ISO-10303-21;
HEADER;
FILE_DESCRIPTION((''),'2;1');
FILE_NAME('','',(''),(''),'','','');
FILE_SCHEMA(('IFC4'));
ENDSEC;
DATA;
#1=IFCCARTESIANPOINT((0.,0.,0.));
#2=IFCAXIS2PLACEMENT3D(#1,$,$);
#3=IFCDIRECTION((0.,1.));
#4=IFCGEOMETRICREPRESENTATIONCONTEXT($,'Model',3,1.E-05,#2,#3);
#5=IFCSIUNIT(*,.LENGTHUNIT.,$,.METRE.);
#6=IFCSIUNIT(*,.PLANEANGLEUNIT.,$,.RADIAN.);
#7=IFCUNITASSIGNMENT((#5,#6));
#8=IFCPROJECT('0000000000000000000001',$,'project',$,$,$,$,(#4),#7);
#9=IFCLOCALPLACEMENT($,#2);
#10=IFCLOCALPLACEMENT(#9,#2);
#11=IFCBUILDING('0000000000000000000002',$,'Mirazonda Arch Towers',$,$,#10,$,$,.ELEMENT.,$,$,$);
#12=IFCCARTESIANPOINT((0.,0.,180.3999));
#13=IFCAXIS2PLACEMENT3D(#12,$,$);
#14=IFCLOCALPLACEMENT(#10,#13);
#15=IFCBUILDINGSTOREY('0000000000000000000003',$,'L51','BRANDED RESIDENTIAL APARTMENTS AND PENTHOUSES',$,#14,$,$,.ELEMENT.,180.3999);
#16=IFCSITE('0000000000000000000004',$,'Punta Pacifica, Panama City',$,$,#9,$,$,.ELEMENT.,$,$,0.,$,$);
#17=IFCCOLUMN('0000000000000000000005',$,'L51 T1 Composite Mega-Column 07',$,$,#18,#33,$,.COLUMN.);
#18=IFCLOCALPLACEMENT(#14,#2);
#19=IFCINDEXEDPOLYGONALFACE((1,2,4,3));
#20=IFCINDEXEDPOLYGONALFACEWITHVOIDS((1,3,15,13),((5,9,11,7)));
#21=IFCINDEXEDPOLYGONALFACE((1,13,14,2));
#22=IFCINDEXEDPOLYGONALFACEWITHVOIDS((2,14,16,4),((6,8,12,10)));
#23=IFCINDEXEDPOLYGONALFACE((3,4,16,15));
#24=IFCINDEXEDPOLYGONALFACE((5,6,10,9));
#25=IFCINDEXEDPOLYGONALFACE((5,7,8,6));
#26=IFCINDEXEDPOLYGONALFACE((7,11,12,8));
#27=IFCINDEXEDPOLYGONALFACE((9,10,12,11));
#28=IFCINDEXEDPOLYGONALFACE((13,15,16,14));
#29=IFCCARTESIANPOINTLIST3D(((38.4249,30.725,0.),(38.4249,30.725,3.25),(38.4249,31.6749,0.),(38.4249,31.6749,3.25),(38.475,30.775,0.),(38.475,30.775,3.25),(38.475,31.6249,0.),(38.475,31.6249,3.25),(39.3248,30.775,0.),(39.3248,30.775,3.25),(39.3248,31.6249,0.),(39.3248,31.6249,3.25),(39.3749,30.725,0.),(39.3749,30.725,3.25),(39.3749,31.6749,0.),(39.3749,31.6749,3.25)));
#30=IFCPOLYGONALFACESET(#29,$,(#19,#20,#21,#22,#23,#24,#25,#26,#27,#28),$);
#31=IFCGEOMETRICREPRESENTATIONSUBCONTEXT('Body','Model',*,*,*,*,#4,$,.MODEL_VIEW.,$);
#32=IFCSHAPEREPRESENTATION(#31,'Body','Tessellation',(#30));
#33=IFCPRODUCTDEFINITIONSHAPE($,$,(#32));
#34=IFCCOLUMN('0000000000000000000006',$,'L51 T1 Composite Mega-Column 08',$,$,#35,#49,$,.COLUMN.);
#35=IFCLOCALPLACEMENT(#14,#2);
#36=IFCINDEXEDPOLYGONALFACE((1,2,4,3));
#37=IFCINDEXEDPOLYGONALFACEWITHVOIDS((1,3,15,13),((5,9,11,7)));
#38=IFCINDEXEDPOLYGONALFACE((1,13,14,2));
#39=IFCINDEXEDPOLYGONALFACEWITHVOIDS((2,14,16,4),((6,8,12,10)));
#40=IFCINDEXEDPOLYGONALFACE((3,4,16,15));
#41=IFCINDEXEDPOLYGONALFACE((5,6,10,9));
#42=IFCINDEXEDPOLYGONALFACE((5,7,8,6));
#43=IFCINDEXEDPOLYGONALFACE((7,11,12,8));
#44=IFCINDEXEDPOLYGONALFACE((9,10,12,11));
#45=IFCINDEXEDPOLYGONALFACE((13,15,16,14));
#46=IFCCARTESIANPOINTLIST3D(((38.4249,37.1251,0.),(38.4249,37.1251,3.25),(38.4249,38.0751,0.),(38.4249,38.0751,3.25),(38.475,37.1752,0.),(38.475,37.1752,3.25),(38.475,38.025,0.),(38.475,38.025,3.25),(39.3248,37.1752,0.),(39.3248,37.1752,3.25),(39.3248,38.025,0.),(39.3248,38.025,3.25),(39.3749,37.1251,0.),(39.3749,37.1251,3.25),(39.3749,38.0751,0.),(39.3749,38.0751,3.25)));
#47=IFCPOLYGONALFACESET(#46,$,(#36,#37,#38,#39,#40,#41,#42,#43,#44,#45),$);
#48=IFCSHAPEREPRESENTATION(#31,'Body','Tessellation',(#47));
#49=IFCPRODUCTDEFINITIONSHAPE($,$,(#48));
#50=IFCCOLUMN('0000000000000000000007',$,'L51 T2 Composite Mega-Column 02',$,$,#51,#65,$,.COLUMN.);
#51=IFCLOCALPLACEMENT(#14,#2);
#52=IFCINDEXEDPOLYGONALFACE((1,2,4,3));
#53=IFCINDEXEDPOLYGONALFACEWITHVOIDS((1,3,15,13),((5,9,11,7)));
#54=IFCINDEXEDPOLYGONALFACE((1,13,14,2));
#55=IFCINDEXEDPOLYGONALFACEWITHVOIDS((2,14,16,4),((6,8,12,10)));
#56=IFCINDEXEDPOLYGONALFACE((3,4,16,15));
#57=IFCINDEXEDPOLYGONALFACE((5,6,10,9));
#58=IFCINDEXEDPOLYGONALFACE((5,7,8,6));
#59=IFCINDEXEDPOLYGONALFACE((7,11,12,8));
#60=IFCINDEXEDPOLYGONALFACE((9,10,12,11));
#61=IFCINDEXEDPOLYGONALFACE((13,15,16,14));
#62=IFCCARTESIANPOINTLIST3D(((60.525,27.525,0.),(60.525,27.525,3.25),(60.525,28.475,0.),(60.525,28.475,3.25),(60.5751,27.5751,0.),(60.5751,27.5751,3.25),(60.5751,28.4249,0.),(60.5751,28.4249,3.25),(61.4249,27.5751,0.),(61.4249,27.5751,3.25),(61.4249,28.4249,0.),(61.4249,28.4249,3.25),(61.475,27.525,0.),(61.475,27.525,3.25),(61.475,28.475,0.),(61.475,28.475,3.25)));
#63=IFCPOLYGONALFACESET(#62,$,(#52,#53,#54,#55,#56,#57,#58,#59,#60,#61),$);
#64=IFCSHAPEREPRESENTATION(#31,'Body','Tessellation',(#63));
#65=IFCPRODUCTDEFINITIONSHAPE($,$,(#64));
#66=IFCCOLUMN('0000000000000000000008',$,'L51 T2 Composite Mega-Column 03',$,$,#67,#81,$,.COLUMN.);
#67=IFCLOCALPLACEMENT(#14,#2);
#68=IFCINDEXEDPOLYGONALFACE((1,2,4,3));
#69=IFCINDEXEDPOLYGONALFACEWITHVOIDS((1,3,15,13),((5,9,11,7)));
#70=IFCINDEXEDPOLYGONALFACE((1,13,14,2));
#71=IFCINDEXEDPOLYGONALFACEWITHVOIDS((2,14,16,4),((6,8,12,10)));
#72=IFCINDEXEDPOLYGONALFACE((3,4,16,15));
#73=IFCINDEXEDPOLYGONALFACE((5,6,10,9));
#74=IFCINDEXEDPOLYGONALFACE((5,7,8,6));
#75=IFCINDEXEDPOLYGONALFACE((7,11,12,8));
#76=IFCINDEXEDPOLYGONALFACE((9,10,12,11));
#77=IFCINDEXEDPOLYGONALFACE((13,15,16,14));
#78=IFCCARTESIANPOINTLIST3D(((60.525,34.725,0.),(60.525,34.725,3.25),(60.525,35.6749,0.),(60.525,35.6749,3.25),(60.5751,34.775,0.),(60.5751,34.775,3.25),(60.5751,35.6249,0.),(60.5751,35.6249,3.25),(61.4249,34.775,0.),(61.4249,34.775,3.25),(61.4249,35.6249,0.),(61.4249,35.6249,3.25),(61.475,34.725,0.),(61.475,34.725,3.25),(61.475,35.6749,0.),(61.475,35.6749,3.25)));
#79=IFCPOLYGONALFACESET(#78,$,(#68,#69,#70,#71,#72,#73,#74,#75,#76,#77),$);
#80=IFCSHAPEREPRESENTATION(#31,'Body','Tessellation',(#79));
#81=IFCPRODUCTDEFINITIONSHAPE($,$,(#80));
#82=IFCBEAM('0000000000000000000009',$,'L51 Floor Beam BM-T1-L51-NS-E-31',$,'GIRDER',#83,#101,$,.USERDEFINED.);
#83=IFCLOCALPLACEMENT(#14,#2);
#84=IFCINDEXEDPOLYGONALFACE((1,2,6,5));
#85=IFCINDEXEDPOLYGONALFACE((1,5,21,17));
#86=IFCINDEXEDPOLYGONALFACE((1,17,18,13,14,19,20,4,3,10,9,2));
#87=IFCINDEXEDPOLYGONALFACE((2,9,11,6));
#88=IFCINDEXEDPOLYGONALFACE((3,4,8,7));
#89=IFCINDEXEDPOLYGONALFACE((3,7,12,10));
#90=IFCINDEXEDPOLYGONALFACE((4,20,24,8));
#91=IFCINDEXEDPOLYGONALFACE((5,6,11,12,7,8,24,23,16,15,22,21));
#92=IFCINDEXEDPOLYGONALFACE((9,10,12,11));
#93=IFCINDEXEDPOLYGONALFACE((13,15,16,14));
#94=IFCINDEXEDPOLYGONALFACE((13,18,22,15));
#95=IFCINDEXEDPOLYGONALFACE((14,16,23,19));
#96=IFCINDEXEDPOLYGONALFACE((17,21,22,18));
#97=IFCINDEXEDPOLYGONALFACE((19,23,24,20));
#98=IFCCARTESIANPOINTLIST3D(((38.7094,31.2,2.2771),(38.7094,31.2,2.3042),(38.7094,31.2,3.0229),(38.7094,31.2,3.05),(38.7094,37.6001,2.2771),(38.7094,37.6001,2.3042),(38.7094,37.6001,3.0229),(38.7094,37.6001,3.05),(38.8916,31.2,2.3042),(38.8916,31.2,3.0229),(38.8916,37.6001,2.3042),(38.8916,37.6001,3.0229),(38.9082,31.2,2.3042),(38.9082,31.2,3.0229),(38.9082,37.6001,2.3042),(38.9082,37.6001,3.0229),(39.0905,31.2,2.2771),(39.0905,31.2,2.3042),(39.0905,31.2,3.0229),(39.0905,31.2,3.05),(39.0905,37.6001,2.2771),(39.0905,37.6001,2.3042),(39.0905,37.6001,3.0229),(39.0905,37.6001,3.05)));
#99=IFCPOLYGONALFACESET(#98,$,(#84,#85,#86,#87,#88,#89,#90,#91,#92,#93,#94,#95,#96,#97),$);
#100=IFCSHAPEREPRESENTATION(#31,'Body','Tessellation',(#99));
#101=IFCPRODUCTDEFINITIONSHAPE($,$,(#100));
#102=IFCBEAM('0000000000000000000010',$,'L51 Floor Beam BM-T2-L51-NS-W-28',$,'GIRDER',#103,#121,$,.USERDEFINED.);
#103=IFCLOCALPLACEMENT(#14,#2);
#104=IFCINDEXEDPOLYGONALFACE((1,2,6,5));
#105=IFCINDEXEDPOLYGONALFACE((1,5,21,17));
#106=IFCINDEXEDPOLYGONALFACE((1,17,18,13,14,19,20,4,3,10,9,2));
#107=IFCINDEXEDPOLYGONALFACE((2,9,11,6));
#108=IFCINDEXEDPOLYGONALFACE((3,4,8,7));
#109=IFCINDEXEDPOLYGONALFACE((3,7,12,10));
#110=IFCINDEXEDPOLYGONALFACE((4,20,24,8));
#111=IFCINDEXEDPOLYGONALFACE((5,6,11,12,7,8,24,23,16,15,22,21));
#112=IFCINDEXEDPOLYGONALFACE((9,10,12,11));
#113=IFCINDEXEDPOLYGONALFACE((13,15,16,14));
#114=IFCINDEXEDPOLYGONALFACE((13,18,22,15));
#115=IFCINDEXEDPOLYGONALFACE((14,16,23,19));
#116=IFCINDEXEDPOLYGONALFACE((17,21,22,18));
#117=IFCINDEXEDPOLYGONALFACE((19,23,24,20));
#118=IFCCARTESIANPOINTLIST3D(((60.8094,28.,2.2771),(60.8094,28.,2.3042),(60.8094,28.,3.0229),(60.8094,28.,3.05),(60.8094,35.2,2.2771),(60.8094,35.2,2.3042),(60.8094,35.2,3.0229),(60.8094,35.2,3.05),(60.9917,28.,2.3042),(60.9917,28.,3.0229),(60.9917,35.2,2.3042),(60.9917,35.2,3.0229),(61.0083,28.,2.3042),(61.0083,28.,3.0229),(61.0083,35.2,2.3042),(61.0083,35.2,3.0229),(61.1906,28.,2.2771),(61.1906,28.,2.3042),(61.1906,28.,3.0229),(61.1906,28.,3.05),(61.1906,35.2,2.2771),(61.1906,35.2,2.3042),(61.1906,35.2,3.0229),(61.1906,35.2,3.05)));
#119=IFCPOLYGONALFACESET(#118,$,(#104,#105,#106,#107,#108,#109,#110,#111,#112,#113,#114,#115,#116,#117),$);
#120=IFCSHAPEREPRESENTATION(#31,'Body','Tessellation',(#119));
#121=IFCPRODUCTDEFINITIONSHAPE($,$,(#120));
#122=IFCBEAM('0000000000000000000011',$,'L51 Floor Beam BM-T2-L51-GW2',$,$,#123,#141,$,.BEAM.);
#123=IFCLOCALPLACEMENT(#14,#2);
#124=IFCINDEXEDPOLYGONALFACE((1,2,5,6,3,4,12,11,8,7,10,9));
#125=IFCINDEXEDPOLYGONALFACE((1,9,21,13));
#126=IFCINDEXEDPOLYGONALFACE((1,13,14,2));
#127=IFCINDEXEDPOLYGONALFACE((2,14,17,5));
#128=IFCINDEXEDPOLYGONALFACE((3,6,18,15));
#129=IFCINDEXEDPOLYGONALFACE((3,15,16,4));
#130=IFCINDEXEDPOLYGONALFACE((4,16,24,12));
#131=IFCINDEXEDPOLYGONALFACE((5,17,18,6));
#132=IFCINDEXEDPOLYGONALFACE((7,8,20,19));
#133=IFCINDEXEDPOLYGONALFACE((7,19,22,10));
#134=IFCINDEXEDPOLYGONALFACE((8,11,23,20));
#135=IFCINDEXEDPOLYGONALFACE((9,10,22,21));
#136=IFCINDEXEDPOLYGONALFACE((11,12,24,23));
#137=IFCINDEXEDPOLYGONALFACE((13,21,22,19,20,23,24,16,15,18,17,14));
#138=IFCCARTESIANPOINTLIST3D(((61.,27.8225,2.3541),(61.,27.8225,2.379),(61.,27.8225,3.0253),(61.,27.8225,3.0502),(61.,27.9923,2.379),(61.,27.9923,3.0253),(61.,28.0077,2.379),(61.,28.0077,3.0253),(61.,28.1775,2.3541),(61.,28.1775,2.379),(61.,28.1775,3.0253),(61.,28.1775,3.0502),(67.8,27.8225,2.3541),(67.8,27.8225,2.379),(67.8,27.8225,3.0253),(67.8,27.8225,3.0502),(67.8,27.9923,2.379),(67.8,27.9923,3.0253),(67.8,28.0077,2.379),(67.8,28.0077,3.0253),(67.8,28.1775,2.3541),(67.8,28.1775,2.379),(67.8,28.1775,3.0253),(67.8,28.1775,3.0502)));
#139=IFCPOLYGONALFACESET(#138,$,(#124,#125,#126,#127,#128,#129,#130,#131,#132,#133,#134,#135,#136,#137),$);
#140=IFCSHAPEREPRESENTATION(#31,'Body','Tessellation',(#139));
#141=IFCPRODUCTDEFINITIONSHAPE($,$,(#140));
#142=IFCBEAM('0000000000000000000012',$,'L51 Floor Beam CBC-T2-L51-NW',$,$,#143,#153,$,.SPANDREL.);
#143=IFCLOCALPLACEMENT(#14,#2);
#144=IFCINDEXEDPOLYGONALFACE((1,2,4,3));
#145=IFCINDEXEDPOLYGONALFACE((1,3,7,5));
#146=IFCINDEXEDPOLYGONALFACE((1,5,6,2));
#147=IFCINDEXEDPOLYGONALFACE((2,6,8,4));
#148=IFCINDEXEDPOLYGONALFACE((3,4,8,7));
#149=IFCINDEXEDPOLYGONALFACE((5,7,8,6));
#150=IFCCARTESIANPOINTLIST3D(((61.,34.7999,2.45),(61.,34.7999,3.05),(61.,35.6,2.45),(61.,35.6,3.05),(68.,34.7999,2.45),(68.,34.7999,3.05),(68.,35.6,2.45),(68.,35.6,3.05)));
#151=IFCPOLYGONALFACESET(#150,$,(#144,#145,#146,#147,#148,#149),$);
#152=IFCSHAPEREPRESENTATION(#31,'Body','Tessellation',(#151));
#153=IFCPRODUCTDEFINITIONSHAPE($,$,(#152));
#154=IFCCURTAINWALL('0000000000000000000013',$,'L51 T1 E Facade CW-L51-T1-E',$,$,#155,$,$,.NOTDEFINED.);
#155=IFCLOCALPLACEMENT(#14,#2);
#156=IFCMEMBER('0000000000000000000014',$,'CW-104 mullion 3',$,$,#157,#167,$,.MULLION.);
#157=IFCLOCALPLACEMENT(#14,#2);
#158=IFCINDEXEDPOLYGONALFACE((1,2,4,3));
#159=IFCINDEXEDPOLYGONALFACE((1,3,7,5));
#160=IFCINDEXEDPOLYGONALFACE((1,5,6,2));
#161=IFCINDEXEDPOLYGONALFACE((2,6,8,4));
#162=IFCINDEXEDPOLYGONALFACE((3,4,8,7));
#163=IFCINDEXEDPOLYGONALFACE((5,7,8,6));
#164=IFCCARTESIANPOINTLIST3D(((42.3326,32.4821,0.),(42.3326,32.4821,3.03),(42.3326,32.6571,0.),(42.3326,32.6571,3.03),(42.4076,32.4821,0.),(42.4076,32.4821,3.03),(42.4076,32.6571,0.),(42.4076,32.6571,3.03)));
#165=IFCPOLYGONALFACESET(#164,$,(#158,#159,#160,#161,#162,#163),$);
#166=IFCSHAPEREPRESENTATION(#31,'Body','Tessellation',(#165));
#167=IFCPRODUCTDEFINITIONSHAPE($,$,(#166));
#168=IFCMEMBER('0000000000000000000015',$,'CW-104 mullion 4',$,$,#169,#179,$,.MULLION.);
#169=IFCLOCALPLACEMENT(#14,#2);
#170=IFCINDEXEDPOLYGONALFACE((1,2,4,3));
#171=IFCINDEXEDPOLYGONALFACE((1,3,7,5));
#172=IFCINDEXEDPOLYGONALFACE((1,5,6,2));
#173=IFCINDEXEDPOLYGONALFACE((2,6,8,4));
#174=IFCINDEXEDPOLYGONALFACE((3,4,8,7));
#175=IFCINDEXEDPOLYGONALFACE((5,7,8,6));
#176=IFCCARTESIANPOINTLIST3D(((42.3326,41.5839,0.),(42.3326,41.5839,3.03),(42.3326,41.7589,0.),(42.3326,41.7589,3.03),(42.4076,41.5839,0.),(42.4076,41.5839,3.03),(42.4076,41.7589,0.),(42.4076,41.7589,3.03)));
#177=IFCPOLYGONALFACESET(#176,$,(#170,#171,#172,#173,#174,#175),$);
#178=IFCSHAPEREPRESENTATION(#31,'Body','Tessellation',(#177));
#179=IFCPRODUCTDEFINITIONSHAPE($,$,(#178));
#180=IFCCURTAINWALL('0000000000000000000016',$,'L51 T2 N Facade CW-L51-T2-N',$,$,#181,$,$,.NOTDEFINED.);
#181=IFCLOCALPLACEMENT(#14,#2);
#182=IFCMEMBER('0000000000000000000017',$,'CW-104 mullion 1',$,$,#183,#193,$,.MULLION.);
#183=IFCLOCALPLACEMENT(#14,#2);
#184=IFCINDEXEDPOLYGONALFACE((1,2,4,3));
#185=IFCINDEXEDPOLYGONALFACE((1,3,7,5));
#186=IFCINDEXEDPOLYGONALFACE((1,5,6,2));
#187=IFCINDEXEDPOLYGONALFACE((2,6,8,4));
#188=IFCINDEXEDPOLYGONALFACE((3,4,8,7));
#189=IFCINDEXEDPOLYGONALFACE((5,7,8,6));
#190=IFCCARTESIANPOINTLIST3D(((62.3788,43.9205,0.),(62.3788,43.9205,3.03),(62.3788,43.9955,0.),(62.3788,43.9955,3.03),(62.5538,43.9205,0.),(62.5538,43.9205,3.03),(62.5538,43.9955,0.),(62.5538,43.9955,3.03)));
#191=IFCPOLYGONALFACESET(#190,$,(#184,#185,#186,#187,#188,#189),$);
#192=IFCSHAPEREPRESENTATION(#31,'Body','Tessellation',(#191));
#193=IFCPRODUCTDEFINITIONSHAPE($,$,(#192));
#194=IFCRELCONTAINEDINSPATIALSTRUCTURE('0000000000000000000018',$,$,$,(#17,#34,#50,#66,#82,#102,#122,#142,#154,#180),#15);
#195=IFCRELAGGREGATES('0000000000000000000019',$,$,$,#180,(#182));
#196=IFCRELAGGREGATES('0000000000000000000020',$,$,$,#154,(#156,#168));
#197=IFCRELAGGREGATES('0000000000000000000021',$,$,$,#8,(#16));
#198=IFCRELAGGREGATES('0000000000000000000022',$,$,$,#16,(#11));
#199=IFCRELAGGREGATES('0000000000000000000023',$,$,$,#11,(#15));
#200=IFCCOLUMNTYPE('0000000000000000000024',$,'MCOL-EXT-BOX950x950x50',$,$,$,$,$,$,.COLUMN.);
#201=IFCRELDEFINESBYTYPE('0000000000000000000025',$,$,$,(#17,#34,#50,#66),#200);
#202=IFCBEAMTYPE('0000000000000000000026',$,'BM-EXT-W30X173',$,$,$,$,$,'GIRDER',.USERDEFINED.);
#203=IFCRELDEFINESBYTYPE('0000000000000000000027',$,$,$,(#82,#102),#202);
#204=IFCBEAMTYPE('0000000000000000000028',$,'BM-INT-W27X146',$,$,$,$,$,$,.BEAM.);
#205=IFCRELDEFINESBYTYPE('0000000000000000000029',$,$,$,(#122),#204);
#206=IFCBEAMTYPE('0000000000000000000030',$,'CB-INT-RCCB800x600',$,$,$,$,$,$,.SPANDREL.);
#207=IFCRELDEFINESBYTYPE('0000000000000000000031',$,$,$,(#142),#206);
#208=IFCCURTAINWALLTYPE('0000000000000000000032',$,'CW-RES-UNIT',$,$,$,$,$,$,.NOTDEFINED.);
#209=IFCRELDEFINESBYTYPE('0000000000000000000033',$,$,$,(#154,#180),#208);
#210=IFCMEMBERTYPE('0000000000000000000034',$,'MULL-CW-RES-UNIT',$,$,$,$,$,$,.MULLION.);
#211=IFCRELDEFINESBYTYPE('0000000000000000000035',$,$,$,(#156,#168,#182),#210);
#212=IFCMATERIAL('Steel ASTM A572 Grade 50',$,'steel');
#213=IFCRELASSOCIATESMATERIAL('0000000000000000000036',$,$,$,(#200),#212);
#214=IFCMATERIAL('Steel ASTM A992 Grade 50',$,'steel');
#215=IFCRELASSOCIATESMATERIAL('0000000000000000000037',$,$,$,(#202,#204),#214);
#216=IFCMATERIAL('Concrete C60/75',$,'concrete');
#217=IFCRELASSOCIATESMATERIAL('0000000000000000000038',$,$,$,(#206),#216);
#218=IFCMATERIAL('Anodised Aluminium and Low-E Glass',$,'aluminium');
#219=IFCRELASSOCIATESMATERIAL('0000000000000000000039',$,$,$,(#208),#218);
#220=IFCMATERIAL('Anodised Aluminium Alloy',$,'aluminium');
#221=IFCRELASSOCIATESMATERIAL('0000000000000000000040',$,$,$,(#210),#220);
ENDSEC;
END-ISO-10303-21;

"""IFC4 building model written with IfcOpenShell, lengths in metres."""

from ifc_helpers import new_model, si_unit, direction, frame, origin, origin_2d, place, context, subcontext, project, spatial, rectangle, hollow_rectangle, i_section, extrude, material, material_profile, profile_set, type_object, element, aggregate, save


model = new_model("IFC4")

# Units and contexts
model_context = context("Model", 3, precision=1e-05, world=origin(), true_north=direction((0.0, 1.0)))
body_context = subcontext(model_context, "Body", "Model", "MODEL_VIEW")
ifc_project = project(units=[si_unit("LENGTHUNIT", "METRE"), si_unit("PLANEANGLEUNIT", "RADIAN")], contexts=[model_context])

# Site, building, storey
site_placement = place(None, origin())
site = spatial("IfcSite", under=ifc_project, at=site_placement, Name="Punta Pacifica, Panama City", CompositionType="ELEMENT", RefElevation=0.0)
building_placement = place(site_placement, origin())
building = spatial("IfcBuilding", under=site, at=building_placement, Name="Mirazonda Arch Towers", CompositionType="ELEMENT")
storey_placement = place(building_placement, frame((0.0, 0.0, 180.3999)))
storey = spatial("IfcBuildingStorey", under=building, at=storey_placement, Name="L51", Description="BRANDED RESIDENTIAL APARTMENTS AND PENTHOUSES", CompositionType="ELEMENT", Elevation=180.3999)

# Columns
ifc_material_1 = material(Name="Steel ASTM A572 Grade 50", Category="steel")
ifc_material_profile_1 = material_profile(ifc_material_1, hollow_rectangle(XDim=0.95, YDim=0.95, WallThickness=0.05, at=origin_2d()), Name="BOX950x950x50")
ifc_profile_set_1 = profile_set([ifc_material_profile_1], Name="Steel ASTM A572 Grade 50")
column_type = type_object("IfcColumnType", Name="MCOL-EXT-BOX950x950x50", PredefinedType="COLUMN", material=ifc_profile_set_1)
for number, where, z_axis, x_axis, name in (
    (1, (38.8999, 31.2, 0.0), (0.0, 0.0, 1.0), (1.0, 0.0, 0.0), "L51 T1 Composite Mega-Column 07"),
    (2, (38.8999, 37.6001, 0.0), (0.0, 0.0, 1.0), (1.0, 0.0, 0.0), "L51 T1 Composite Mega-Column 08"),
    (3, (61.0, 28.0, 0.0), (0.0, 0.0, 1.0), (1.0, 0.0, 0.0), "L51 T2 Composite Mega-Column 02"),
    (4, (61.0, 35.2, 0.0), (0.0, 0.0, 1.0), (1.0, 0.0, 0.0), "L51 T2 Composite Mega-Column 03"),
):
    element("IfcColumn", number, at=place(storey_placement, frame(where, z_axis=z_axis, x_axis=x_axis)), inside=storey, type_object=column_type, Name=name, PredefinedType="COLUMN", context=body_context, shape_type="SweptSolid", body=[
        extrude(hollow_rectangle(XDim=0.95, YDim=0.95, WallThickness=0.05, at=origin_2d()), origin(), (0.0, 0.0, 1.0), 3.25),
    ])

# Beams
ifc_material_2 = material(Name="Steel ASTM A992 Grade 50", Category="steel")
ifc_material_profile_2 = material_profile(ifc_material_2, i_section(OverallWidth=0.3811, OverallDepth=0.7729, WebThickness=0.0166, FlangeThickness=0.0271, at=origin_2d()), Name="W30X173")
ifc_profile_set_2 = profile_set([ifc_material_profile_2], Name="Steel ASTM A992 Grade 50")
beam_type_1 = type_object("IfcBeamType", Name="BM-EXT-W30X173", ElementType="GIRDER", PredefinedType="USERDEFINED", material=ifc_profile_set_2)
beam_1_placement = place(storey_placement, frame((38.8999, 31.2, 2.6636), z_axis=(0.0, 1.0, 0.0), x_axis=(-1.0, 0.0, 0.0)))
element("IfcBeam", 5, at=beam_1_placement, inside=storey, type_object=beam_type_1, Name="L51 Floor Beam BM-T1-L51-NS-E-31", ObjectType="GIRDER", PredefinedType="USERDEFINED", context=body_context, shape_type="SweptSolid", body=[
    extrude(i_section(OverallWidth=0.3811, OverallDepth=0.7729, WebThickness=0.0166, FlangeThickness=0.0271, at=origin_2d()), origin(), (0.0, 0.0, 1.0), 6.4001),
])
beam_2_placement = place(storey_placement, frame((61.0, 28.0, 2.6636), z_axis=(0.0, 1.0, 0.0), x_axis=(-1.0, 0.0, 0.0)))
element("IfcBeam", 6, at=beam_2_placement, inside=storey, type_object=beam_type_1, Name="L51 Floor Beam BM-T2-L51-NS-W-28", ObjectType="GIRDER", PredefinedType="USERDEFINED", context=body_context, shape_type="SweptSolid", body=[
    extrude(i_section(OverallWidth=0.3811, OverallDepth=0.7729, WebThickness=0.0166, FlangeThickness=0.0271, at=origin_2d()), origin(), (0.0, 0.0, 1.0), 7.2),
])
ifc_material_profile_3 = material_profile(ifc_material_2, i_section(OverallWidth=0.355, OverallDepth=0.696, WebThickness=0.0154, FlangeThickness=0.0249, at=origin_2d()), Name="W27X146")
ifc_profile_set_3 = profile_set([ifc_material_profile_3], Name="Steel ASTM A992 Grade 50")
beam_type_2 = type_object("IfcBeamType", Name="BM-INT-W27X146", PredefinedType="BEAM", material=ifc_profile_set_3)
beam_3_placement = place(storey_placement, frame((61.0, 28.0, 2.7021), z_axis=(1.0, 0.0, 0.0), x_axis=(0.0, 1.0, 0.0)))
element("IfcBeam", 7, at=beam_3_placement, inside=storey, type_object=beam_type_2, Name="L51 Floor Beam BM-T2-L51-GW2", PredefinedType="BEAM", context=body_context, shape_type="SweptSolid", body=[
    extrude(i_section(OverallWidth=0.355, OverallDepth=0.696, WebThickness=0.0154, FlangeThickness=0.0249, at=origin_2d()), origin(), (0.0, 0.0, 1.0), 6.8),
])
ifc_material_3 = material(Name="Concrete C60/75", Category="concrete")
ifc_material_profile_4 = material_profile(ifc_material_3, rectangle(XDim=0.8, YDim=0.6001, at=origin_2d()), Name="RCCB800x600")
ifc_profile_set_4 = profile_set([ifc_material_profile_4], Name="Concrete C60/75")
beam_type_3 = type_object("IfcBeamType", Name="CB-INT-RCCB800x600", PredefinedType="SPANDREL", material=ifc_profile_set_4)
beam_4_placement = place(storey_placement, frame((61.0, 35.2, 2.75), z_axis=(1.0, 0.0, 0.0), x_axis=(0.0, 1.0, 0.0)))
element("IfcBeam", 8, at=beam_4_placement, inside=storey, type_object=beam_type_3, Name="L51 Floor Beam CBC-T2-L51-NW", PredefinedType="SPANDREL", context=body_context, shape_type="SweptSolid", body=[
    extrude(rectangle(XDim=0.8, YDim=0.6001, at=origin_2d()), origin(), (0.0, 0.0, 1.0), 7.0),
])

# Curtain wall, members
ifc_material_4 = material(Name="Anodised Aluminium and Low-E Glass", Category="aluminium")
curtain_wall_type = type_object("IfcCurtainWallType", Name="CW-RES-UNIT", PredefinedType="NOTDEFINED", material=ifc_material_4)
curtain_wall_1_placement = place(storey_placement, origin())
curtain_wall_1 = element("IfcCurtainWall", 9, at=curtain_wall_1_placement, inside=storey, type_object=curtain_wall_type, Name="L51 T1 E Facade CW-L51-T1-E", PredefinedType="NOTDEFINED")
ifc_material_5 = material(Name="Anodised Aluminium Alloy", Category="aluminium")
ifc_material_profile_5 = material_profile(ifc_material_5, rectangle(XDim=0.075, YDim=0.175, at=origin_2d()), Name="ALU-MULL-75x175")
ifc_profile_set_5 = profile_set([ifc_material_profile_5], Name="Anodised Aluminium Alloy")
member_type_1 = type_object("IfcMemberType", Name="MULL-CW-RES-UNIT", PredefinedType="MULLION", material=ifc_profile_set_5)
member_1_placement = place(storey_placement, frame((42.3701, 32.5696, 0.0), z_axis=(0.0, 0.0, 1.0), x_axis=(-1.0, 0.0, 0.0)))
member_1 = element("IfcMember", 10, at=member_1_placement, type_object=member_type_1, Name="CW-104 mullion 3", PredefinedType="MULLION", context=body_context, shape_type="SweptSolid", body=[
    extrude(rectangle(XDim=0.075, YDim=0.175, at=origin_2d()), origin(), (0.0, 0.0, 1.0), 3.03),
])
member_2_placement = place(storey_placement, frame((42.3701, 41.6714, 0.0), z_axis=(0.0, 0.0, 1.0), x_axis=(-1.0, 0.0, 0.0)))
member_2 = element("IfcMember", 11, at=member_2_placement, type_object=member_type_1, Name="CW-104 mullion 4", PredefinedType="MULLION", context=body_context, shape_type="SweptSolid", body=[
    extrude(rectangle(XDim=0.075, YDim=0.175, at=origin_2d()), origin(), (0.0, 0.0, 1.0), 3.03),
])

# Curtain wall, member
curtain_wall_2_placement = place(storey_placement, origin())
curtain_wall_2 = element("IfcCurtainWall", 12, at=curtain_wall_2_placement, inside=storey, type_object=curtain_wall_type, Name="L51 T2 N Facade CW-L51-T2-N", PredefinedType="NOTDEFINED")
member_3_placement = place(storey_placement, frame((62.4663, 43.958, 0.0), z_axis=(0.0, 0.0, 1.0), x_axis=(0.0, 1.0, 0.0)))
member_3 = element("IfcMember", 13, at=member_3_placement, type_object=member_type_1, Name="CW-104 mullion 1", PredefinedType="MULLION", context=body_context, shape_type="SweptSolid", body=[
    extrude(rectangle(XDim=0.075, YDim=0.175, at=origin_2d()), origin(), (0.0, 0.0, 1.0), 3.03),
])

aggregate(curtain_wall_2, [member_3])

aggregate(curtain_wall_1, [member_1, member_2])

save(model, "model.ifc")
